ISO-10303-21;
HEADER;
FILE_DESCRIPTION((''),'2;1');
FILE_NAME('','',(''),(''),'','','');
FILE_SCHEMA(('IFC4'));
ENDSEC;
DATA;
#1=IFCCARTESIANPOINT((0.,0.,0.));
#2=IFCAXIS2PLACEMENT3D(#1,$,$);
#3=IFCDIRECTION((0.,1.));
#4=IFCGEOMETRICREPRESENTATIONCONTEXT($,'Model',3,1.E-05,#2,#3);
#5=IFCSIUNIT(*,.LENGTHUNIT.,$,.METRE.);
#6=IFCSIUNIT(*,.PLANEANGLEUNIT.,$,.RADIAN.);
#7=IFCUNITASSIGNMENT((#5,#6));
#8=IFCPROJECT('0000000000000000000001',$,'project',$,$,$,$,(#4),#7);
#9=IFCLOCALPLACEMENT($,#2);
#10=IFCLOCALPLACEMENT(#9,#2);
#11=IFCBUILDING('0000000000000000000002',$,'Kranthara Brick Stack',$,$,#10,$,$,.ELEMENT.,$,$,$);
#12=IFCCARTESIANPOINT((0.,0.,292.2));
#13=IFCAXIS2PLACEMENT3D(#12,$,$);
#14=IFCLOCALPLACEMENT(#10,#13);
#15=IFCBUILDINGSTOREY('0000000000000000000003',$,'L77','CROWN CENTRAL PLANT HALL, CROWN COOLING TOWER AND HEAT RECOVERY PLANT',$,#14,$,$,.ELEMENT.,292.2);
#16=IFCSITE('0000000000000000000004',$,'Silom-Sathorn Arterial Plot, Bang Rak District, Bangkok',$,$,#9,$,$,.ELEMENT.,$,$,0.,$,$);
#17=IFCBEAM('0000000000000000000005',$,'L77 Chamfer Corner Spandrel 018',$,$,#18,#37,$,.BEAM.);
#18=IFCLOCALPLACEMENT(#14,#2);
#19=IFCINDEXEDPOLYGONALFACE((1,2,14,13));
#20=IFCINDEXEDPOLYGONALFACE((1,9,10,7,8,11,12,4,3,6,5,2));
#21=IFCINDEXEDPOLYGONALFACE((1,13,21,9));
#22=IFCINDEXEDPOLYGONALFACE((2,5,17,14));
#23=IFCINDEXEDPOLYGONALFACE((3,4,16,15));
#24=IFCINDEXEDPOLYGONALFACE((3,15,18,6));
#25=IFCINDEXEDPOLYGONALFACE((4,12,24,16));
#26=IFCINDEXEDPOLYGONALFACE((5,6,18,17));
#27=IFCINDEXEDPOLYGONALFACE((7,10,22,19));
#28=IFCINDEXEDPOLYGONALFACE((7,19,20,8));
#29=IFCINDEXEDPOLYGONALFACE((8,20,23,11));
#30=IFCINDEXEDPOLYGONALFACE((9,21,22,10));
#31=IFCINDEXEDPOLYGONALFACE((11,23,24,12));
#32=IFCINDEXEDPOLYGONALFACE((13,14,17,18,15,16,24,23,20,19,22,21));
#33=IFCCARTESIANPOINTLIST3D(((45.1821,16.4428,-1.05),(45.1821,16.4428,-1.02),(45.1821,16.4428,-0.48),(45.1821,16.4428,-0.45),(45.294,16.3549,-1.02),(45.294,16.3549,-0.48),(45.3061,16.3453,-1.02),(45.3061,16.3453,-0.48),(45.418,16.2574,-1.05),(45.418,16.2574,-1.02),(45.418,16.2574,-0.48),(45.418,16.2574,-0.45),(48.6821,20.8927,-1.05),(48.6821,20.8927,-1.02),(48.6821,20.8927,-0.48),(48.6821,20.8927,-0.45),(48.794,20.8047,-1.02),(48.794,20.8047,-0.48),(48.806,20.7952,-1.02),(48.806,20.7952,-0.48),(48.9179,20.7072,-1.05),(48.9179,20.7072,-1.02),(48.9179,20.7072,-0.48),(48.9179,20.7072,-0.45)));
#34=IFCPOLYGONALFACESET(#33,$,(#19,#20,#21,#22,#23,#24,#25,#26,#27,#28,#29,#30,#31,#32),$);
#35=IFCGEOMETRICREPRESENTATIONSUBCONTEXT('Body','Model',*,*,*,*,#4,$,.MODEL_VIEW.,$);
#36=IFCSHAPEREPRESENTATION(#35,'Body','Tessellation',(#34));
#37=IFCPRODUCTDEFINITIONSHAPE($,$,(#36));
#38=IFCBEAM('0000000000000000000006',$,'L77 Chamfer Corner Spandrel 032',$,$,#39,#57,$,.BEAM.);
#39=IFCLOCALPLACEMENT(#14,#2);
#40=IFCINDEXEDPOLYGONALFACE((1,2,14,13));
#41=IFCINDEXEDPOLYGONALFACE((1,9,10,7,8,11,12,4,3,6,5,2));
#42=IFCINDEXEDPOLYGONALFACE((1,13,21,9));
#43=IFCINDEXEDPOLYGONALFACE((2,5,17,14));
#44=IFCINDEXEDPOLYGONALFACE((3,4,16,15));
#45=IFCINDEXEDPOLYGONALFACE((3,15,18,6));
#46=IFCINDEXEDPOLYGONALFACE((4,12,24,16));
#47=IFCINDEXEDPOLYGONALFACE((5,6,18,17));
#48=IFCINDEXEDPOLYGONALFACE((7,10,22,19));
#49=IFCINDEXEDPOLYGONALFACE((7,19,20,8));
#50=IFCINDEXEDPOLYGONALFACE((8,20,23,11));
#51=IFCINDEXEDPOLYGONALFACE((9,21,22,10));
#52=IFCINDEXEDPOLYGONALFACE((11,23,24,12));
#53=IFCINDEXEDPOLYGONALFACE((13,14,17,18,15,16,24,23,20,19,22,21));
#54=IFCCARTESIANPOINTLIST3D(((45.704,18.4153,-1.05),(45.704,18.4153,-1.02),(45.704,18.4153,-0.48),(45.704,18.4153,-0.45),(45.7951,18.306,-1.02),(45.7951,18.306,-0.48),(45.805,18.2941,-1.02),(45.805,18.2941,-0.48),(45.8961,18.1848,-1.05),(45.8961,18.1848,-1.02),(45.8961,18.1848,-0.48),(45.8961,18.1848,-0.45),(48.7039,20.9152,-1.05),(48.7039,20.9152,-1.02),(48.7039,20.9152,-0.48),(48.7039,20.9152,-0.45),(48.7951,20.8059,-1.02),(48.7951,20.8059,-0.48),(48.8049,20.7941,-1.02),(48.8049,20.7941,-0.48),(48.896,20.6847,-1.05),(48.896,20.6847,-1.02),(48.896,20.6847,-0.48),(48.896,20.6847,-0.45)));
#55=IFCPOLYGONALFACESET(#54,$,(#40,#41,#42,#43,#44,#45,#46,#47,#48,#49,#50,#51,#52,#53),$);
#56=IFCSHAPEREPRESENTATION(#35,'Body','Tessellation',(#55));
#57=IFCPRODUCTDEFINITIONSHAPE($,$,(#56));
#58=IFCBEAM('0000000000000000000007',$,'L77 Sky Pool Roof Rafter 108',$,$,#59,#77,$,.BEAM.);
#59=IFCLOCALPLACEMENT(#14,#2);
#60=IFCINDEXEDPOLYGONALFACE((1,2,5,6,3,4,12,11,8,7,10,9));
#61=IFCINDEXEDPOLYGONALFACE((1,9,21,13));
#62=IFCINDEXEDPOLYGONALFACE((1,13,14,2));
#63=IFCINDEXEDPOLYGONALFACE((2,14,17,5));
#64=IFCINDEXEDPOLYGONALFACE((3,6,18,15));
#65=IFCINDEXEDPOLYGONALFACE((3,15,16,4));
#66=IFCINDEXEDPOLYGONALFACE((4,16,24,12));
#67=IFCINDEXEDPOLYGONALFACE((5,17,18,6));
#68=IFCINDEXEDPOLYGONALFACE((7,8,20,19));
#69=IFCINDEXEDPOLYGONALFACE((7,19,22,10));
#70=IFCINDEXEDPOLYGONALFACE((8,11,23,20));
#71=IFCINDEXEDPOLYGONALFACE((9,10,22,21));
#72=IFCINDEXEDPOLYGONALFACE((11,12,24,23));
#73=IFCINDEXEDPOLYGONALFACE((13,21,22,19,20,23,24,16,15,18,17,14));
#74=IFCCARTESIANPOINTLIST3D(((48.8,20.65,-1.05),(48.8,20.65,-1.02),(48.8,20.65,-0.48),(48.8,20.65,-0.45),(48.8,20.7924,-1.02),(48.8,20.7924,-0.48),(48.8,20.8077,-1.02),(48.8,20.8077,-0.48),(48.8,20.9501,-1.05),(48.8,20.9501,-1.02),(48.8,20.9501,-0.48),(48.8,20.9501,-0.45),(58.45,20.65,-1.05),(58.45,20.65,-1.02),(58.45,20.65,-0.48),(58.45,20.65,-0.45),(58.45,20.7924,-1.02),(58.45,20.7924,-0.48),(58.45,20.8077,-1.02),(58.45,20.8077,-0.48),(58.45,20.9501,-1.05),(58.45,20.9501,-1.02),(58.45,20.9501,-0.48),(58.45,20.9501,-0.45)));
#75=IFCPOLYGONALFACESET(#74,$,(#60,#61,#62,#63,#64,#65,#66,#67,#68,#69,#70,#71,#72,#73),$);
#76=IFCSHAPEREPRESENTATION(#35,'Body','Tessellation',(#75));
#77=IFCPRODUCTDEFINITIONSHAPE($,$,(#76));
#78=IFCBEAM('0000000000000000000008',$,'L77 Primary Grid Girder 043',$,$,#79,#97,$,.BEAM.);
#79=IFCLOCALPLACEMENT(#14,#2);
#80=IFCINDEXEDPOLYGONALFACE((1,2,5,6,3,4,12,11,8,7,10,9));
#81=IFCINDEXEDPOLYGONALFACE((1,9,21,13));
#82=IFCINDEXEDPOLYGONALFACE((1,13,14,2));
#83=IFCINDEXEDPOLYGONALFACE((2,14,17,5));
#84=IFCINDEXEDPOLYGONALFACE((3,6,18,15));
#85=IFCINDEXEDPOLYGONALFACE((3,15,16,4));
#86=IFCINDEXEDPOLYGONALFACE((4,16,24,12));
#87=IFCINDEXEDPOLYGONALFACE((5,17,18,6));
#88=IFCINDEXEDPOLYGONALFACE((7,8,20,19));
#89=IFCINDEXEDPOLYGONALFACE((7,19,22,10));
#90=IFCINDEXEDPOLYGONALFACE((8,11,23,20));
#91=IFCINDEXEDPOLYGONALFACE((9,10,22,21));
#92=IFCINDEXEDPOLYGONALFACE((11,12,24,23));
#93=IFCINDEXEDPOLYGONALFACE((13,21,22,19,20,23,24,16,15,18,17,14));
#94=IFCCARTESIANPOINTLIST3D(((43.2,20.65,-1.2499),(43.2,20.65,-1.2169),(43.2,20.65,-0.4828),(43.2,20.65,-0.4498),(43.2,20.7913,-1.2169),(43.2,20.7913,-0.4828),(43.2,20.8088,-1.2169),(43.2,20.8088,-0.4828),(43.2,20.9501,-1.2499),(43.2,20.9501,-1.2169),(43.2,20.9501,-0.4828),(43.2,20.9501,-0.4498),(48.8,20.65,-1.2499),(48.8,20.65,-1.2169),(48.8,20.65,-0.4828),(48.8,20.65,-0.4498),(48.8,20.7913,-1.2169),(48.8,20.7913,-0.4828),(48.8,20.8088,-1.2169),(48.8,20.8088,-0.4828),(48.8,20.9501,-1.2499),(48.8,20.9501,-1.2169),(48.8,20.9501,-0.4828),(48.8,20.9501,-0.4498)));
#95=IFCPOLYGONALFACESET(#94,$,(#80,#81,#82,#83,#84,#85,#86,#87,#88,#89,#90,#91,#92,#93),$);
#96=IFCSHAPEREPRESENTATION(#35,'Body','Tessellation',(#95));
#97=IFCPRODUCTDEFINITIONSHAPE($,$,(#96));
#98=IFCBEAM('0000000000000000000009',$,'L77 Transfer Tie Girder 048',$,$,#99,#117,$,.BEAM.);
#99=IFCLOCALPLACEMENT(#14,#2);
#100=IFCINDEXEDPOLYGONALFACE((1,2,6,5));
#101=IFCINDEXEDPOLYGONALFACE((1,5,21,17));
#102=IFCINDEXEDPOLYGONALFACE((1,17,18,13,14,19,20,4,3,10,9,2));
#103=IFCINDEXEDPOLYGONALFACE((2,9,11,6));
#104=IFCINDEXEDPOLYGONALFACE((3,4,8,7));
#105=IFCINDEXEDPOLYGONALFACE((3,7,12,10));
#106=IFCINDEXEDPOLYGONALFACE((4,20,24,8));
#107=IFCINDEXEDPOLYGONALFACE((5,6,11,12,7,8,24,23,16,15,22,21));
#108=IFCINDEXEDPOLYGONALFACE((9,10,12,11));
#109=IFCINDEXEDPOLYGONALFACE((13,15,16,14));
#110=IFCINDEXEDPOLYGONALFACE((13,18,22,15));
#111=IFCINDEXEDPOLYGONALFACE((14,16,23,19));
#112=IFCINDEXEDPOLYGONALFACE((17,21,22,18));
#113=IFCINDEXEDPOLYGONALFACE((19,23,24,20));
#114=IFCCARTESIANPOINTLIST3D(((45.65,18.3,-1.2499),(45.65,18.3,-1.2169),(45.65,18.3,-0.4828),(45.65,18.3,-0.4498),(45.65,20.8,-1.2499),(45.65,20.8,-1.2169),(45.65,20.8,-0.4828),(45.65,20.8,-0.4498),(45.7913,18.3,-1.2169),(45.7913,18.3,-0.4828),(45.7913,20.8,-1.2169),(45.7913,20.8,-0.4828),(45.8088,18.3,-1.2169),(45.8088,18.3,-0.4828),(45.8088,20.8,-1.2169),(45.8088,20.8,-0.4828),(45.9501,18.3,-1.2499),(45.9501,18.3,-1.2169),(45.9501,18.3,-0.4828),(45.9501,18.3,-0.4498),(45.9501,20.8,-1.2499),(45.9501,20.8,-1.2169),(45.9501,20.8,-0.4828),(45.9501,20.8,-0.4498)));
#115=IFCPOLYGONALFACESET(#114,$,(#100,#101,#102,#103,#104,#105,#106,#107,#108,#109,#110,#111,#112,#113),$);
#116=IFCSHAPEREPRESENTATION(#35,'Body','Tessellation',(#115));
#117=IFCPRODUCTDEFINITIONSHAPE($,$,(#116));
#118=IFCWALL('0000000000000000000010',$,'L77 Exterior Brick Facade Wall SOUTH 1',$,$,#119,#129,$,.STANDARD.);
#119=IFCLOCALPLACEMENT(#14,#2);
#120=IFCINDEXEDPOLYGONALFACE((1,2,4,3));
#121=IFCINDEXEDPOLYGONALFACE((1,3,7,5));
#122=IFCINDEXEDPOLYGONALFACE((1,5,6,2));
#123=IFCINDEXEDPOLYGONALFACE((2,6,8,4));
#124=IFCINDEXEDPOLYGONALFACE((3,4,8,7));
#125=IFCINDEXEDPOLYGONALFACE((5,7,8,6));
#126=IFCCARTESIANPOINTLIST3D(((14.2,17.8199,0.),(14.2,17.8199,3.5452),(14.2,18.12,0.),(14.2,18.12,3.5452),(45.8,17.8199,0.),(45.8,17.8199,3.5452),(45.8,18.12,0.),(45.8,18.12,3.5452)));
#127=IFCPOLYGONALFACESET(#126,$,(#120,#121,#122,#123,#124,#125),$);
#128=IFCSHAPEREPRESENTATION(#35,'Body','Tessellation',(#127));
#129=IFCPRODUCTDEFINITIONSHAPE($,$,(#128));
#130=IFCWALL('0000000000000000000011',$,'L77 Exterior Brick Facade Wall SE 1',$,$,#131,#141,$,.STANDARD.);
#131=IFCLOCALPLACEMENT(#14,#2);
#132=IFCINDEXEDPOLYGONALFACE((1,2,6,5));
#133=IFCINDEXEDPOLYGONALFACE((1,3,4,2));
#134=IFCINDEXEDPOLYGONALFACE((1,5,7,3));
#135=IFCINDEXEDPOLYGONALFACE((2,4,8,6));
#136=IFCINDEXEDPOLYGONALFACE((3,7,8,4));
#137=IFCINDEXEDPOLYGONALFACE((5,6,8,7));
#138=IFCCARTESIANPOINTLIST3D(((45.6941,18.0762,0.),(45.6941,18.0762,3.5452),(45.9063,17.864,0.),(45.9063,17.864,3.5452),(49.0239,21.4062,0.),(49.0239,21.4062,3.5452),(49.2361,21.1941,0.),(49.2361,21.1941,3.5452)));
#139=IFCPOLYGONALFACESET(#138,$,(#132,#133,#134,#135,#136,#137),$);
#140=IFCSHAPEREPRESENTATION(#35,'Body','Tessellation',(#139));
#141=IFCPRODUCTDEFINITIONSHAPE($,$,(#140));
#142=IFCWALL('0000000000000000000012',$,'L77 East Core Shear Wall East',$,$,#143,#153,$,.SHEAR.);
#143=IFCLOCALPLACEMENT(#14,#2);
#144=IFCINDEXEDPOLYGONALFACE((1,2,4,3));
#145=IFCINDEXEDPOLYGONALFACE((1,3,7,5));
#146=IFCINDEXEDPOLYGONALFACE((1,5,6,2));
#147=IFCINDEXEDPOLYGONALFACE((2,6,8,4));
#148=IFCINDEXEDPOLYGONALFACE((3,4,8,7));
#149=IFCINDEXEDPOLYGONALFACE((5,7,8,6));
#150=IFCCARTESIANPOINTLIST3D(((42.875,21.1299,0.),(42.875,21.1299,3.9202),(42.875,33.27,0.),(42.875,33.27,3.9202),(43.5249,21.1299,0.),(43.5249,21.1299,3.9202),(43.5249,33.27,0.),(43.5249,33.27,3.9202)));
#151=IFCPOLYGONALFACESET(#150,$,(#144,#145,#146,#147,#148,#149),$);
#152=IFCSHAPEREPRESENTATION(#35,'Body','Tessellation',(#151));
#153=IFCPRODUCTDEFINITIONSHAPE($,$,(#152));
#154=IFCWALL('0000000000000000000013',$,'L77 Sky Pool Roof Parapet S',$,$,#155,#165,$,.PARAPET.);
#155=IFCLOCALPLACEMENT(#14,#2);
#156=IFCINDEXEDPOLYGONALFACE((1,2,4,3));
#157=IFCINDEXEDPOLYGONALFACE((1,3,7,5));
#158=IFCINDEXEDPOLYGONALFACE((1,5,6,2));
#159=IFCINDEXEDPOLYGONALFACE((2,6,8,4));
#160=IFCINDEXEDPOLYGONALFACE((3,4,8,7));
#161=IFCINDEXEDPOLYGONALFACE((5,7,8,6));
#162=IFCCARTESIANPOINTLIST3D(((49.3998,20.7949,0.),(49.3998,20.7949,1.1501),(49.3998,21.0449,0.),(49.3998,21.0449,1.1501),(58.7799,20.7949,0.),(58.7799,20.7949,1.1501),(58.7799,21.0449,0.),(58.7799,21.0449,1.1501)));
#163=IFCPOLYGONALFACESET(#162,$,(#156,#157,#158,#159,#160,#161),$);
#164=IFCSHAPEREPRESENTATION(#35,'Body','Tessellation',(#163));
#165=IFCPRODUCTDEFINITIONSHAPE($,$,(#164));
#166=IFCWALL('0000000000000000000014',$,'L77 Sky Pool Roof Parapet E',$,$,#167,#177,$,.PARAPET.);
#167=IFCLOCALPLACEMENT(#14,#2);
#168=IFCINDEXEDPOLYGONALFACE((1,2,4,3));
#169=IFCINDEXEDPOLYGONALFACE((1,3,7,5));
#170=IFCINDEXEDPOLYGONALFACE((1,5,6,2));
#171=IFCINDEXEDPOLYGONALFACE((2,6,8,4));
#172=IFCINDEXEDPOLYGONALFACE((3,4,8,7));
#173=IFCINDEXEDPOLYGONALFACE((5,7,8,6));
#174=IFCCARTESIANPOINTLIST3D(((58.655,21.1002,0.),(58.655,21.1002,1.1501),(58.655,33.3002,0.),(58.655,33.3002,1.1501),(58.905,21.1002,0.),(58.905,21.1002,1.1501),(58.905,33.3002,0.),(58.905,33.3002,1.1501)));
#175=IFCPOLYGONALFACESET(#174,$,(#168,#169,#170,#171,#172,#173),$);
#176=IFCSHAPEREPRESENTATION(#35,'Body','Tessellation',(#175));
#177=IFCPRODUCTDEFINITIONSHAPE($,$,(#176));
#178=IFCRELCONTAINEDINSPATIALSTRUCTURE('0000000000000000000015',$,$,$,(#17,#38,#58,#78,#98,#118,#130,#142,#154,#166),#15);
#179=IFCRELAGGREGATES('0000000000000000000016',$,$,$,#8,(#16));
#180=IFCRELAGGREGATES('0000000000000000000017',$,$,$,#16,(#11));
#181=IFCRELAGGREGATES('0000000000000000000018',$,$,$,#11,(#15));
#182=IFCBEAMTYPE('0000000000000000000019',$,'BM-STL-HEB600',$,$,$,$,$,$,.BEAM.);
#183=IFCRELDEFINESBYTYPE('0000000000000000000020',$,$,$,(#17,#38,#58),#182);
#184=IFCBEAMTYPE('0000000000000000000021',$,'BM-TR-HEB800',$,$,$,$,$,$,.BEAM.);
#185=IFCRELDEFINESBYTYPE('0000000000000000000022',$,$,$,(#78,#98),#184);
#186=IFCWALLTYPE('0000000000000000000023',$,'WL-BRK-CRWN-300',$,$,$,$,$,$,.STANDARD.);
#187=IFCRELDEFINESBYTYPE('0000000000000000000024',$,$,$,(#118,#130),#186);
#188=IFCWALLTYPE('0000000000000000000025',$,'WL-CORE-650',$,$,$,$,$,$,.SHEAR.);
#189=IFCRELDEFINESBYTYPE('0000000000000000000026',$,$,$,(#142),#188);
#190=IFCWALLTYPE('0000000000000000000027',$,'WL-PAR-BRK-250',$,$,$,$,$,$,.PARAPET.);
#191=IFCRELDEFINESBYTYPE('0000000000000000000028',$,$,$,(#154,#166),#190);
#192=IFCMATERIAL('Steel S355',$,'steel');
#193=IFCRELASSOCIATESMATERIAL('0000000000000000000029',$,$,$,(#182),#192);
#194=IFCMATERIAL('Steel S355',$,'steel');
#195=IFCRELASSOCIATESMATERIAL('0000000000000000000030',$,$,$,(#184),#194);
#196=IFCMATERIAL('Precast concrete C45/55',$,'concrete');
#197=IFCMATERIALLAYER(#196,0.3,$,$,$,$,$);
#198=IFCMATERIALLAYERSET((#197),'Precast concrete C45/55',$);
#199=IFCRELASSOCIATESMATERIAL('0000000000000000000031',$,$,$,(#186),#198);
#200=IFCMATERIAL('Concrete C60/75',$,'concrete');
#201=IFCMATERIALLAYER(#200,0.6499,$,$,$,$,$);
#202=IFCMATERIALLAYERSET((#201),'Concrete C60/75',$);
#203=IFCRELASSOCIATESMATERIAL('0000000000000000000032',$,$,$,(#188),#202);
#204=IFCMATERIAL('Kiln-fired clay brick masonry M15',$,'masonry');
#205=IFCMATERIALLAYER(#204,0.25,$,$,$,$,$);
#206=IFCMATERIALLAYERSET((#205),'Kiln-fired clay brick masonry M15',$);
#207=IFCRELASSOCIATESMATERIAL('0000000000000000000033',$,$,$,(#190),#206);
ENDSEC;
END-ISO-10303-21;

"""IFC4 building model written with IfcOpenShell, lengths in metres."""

from ifc_helpers import new_model, si_unit, direction, frame, frame_2d, origin, origin_2d, place, context, subcontext, project, spatial, rectangle, i_section, extrude, material, layer, layer_set, material_profile, profile_set, type_object, element, save


model = new_model("IFC4")

# Units and contexts
model_context = context("Model", 3, precision=1e-05, world=origin(), true_north=direction((0.0, 1.0)))
body_context = subcontext(model_context, "Body", "Model", "MODEL_VIEW")
ifc_project = project(units=[si_unit("LENGTHUNIT", "METRE"), si_unit("PLANEANGLEUNIT", "RADIAN")], contexts=[model_context])

# Site, building, storey
site_placement = place(None, origin())
site = spatial("IfcSite", under=ifc_project, at=site_placement, Name="Silom-Sathorn Arterial Plot, Bang Rak District, Bangkok", CompositionType="ELEMENT", RefElevation=0.0)
building_placement = place(site_placement, origin())
building = spatial("IfcBuilding", under=site, at=building_placement, Name="Kranthara Brick Stack", CompositionType="ELEMENT")
storey_placement = place(building_placement, frame((0.0, 0.0, 292.2)))
storey = spatial("IfcBuildingStorey", under=building, at=storey_placement, Name="L77", Description="CROWN CENTRAL PLANT HALL, CROWN COOLING TOWER AND HEAT RECOVERY PLANT", CompositionType="ELEMENT", Elevation=292.2)

# Beams
ifc_material_1 = material(Name="Steel S355", Category="steel")
ifc_material_profile_1 = material_profile(ifc_material_1, i_section(OverallWidth=0.3, OverallDepth=0.6001, WebThickness=0.0154, FlangeThickness=0.03, at=origin_2d()), Name="HEB 600")
ifc_profile_set_1 = profile_set([ifc_material_profile_1], Name="Steel S355")
beam_type_1 = type_object("IfcBeamType", Name="BM-STL-HEB600", PredefinedType="BEAM", material=ifc_profile_set_1)
beam_1_placement = place(storey_placement, frame((45.3, 16.3501, -0.75), z_axis=(0.618216, 0.786008, 0.0), x_axis=(-0.786008, 0.618216, 0.0)))
element("IfcBeam", 1, at=beam_1_placement, inside=storey, type_object=beam_type_1, Name="L77 Chamfer Corner Spandrel 018", PredefinedType="BEAM", context=body_context, shape_type="SweptSolid", body=[
    extrude(i_section(OverallWidth=0.3, OverallDepth=0.6001, WebThickness=0.0154, FlangeThickness=0.03, at=origin_2d()), origin(), (0.0, 0.0, 1.0), 5.6614),
])
beam_2_placement = place(storey_placement, frame((45.8, 18.3, -0.75), z_axis=(0.768221, 0.640184, 0.0), x_axis=(-0.640184, 0.768221, 0.0)))
element("IfcBeam", 2, at=beam_2_placement, inside=storey, type_object=beam_type_1, Name="L77 Chamfer Corner Spandrel 032", PredefinedType="BEAM", context=body_context, shape_type="SweptSolid", body=[
    extrude(i_section(OverallWidth=0.3, OverallDepth=0.6001, WebThickness=0.0154, FlangeThickness=0.03, at=origin_2d()), origin(), (0.0, 0.0, 1.0), 3.905),
])
beam_3_placement = place(storey_placement, frame((48.8, 20.8, -0.75), z_axis=(1.0, 0.0, 0.0), x_axis=(0.0, 1.0, 0.0)))
element("IfcBeam", 3, at=beam_3_placement, inside=storey, type_object=beam_type_1, Name="L77 Sky Pool Roof Rafter 108", PredefinedType="BEAM", context=body_context, shape_type="SweptSolid", body=[
    extrude(i_section(OverallWidth=0.3, OverallDepth=0.6001, WebThickness=0.0154, FlangeThickness=0.03, at=origin_2d()), origin(), (0.0, 0.0, 1.0), 9.6499),
])
ifc_material_2 = material(Name="Steel S355", Category="steel")
ifc_material_profile_2 = material_profile(ifc_material_2, i_section(OverallWidth=0.3, OverallDepth=0.8, WebThickness=0.0176, FlangeThickness=0.033, at=origin_2d()), Name="HEB 800")
ifc_profile_set_2 = profile_set([ifc_material_profile_2], Name="Steel S355")
beam_type_2 = type_object("IfcBeamType", Name="BM-TR-HEB800", PredefinedType="BEAM", material=ifc_profile_set_2)
beam_4_placement = place(storey_placement, frame((43.2, 20.8, -0.8499), z_axis=(1.0, 0.0, 0.0), x_axis=(0.0, 1.0, 0.0)))
element("IfcBeam", 4, at=beam_4_placement, inside=storey, type_object=beam_type_2, Name="L77 Primary Grid Girder 043", PredefinedType="BEAM", context=body_context, shape_type="SweptSolid", body=[
    extrude(i_section(OverallWidth=0.3, OverallDepth=0.8, WebThickness=0.0176, FlangeThickness=0.033, at=origin_2d()), origin(), (0.0, 0.0, 1.0), 5.6001),
])
beam_5_placement = place(storey_placement, frame((45.8, 18.3, -0.8499), z_axis=(0.0, 1.0, 0.0), x_axis=(-1.0, 0.0, 0.0)))
element("IfcBeam", 5, at=beam_5_placement, inside=storey, type_object=beam_type_2, Name="L77 Transfer Tie Girder 048", PredefinedType="BEAM", context=body_context, shape_type="SweptSolid", body=[
    extrude(i_section(OverallWidth=0.3, OverallDepth=0.8, WebThickness=0.0176, FlangeThickness=0.033, at=origin_2d()), origin(), (0.0, 0.0, 1.0), 2.5),
])

# Walls
ifc_material_3 = material(Name="Precast concrete C45/55", Category="concrete")
ifc_layer_1 = layer(ifc_material_3, 0.3)
ifc_layer_set_1 = layer_set([ifc_layer_1], Name="Precast concrete C45/55")
wall_type_1 = type_object("IfcWallType", Name="WL-BRK-CRWN-300", PredefinedType="STANDARD", material=ifc_layer_set_1)
wall_1_placement = place(storey_placement, frame((45.8, 17.97, 0.0), z_axis=(0.0, 0.0, 1.0), x_axis=(-1.0, 0.0, 0.0)))
element("IfcWall", 6, at=wall_1_placement, inside=storey, type_object=wall_type_1, Name="L77 Exterior Brick Facade Wall SOUTH 1", PredefinedType="STANDARD", context=body_context, shape_type="SweptSolid", body=[
    extrude(rectangle(XDim=31.6001, YDim=0.3, at=frame_2d((15.8, 0.0))), origin(), (0.0, 0.0, 1.0), 3.5452),
])
wall_2_placement = place(storey_placement, frame((49.1299, 21.3, 0.0), z_axis=(0.0, 0.0, 1.0), x_axis=(-0.707081, -0.707133, 0.0)))
element("IfcWall", 7, at=wall_2_placement, inside=storey, type_object=wall_type_1, Name="L77 Exterior Brick Facade Wall SE 1", PredefinedType="STANDARD", context=body_context, shape_type="SweptSolid", body=[
    extrude(rectangle(XDim=4.7092, YDim=0.3, at=frame_2d((2.3545, 0.0))), origin(), (0.0, 0.0, 1.0), 3.5452),
])
ifc_material_4 = material(Name="Concrete C60/75", Category="concrete")
ifc_layer_2 = layer(ifc_material_4, 0.6499)
ifc_layer_set_2 = layer_set([ifc_layer_2], Name="Concrete C60/75")
wall_type_2 = type_object("IfcWallType", Name="WL-CORE-650", PredefinedType="SHEAR", material=ifc_layer_set_2)
wall_3_placement = place(storey_placement, frame((43.2, 21.1299, 0.0), z_axis=(0.0, 0.0, 1.0), x_axis=(0.0, 1.0, 0.0)))
element("IfcWall", 8, at=wall_3_placement, inside=storey, type_object=wall_type_2, Name="L77 East Core Shear Wall East", PredefinedType="SHEAR", context=body_context, shape_type="SweptSolid", body=[
    extrude(rectangle(XDim=12.1401, YDim=0.6499, at=frame_2d((6.0701, 0.0))), origin(), (0.0, 0.0, 1.0), 3.9202),
])
ifc_material_5 = material(Name="Kiln-fired clay brick masonry M15", Category="masonry")
ifc_layer_3 = layer(ifc_material_5, 0.25)
ifc_layer_set_3 = layer_set([ifc_layer_3], Name="Kiln-fired clay brick masonry M15")
wall_type_3 = type_object("IfcWallType", Name="WL-PAR-BRK-250", PredefinedType="PARAPET", material=ifc_layer_set_3)
wall_4_placement = place(storey_placement, frame((49.3999, 20.9199, 0.0), z_axis=(0.0, 0.0, 1.0), x_axis=(1.0, 0.0, 0.0)))
element("IfcWall", 9, at=wall_4_placement, inside=storey, type_object=wall_type_3, Name="L77 Sky Pool Roof Parapet S", PredefinedType="PARAPET", context=body_context, shape_type="SweptSolid", body=[
    extrude(rectangle(XDim=9.3801, YDim=0.25, at=frame_2d((4.6899, 0.0))), origin(), (0.0, 0.0, 1.0), 1.1501),
])
wall_5_placement = place(storey_placement, frame((58.78, 21.1001, 0.0), z_axis=(0.0, 0.0, 1.0), x_axis=(0.0, 1.0, 0.0)))
element("IfcWall", 10, at=wall_5_placement, inside=storey, type_object=wall_type_3, Name="L77 Sky Pool Roof Parapet E", PredefinedType="PARAPET", context=body_context, shape_type="SweptSolid", body=[
    extrude(rectangle(XDim=12.2, YDim=0.25, at=frame_2d((6.1001, 0.0))), origin(), (0.0, 0.0, 1.0), 1.1501),
])

save(model, "model.ifc")
